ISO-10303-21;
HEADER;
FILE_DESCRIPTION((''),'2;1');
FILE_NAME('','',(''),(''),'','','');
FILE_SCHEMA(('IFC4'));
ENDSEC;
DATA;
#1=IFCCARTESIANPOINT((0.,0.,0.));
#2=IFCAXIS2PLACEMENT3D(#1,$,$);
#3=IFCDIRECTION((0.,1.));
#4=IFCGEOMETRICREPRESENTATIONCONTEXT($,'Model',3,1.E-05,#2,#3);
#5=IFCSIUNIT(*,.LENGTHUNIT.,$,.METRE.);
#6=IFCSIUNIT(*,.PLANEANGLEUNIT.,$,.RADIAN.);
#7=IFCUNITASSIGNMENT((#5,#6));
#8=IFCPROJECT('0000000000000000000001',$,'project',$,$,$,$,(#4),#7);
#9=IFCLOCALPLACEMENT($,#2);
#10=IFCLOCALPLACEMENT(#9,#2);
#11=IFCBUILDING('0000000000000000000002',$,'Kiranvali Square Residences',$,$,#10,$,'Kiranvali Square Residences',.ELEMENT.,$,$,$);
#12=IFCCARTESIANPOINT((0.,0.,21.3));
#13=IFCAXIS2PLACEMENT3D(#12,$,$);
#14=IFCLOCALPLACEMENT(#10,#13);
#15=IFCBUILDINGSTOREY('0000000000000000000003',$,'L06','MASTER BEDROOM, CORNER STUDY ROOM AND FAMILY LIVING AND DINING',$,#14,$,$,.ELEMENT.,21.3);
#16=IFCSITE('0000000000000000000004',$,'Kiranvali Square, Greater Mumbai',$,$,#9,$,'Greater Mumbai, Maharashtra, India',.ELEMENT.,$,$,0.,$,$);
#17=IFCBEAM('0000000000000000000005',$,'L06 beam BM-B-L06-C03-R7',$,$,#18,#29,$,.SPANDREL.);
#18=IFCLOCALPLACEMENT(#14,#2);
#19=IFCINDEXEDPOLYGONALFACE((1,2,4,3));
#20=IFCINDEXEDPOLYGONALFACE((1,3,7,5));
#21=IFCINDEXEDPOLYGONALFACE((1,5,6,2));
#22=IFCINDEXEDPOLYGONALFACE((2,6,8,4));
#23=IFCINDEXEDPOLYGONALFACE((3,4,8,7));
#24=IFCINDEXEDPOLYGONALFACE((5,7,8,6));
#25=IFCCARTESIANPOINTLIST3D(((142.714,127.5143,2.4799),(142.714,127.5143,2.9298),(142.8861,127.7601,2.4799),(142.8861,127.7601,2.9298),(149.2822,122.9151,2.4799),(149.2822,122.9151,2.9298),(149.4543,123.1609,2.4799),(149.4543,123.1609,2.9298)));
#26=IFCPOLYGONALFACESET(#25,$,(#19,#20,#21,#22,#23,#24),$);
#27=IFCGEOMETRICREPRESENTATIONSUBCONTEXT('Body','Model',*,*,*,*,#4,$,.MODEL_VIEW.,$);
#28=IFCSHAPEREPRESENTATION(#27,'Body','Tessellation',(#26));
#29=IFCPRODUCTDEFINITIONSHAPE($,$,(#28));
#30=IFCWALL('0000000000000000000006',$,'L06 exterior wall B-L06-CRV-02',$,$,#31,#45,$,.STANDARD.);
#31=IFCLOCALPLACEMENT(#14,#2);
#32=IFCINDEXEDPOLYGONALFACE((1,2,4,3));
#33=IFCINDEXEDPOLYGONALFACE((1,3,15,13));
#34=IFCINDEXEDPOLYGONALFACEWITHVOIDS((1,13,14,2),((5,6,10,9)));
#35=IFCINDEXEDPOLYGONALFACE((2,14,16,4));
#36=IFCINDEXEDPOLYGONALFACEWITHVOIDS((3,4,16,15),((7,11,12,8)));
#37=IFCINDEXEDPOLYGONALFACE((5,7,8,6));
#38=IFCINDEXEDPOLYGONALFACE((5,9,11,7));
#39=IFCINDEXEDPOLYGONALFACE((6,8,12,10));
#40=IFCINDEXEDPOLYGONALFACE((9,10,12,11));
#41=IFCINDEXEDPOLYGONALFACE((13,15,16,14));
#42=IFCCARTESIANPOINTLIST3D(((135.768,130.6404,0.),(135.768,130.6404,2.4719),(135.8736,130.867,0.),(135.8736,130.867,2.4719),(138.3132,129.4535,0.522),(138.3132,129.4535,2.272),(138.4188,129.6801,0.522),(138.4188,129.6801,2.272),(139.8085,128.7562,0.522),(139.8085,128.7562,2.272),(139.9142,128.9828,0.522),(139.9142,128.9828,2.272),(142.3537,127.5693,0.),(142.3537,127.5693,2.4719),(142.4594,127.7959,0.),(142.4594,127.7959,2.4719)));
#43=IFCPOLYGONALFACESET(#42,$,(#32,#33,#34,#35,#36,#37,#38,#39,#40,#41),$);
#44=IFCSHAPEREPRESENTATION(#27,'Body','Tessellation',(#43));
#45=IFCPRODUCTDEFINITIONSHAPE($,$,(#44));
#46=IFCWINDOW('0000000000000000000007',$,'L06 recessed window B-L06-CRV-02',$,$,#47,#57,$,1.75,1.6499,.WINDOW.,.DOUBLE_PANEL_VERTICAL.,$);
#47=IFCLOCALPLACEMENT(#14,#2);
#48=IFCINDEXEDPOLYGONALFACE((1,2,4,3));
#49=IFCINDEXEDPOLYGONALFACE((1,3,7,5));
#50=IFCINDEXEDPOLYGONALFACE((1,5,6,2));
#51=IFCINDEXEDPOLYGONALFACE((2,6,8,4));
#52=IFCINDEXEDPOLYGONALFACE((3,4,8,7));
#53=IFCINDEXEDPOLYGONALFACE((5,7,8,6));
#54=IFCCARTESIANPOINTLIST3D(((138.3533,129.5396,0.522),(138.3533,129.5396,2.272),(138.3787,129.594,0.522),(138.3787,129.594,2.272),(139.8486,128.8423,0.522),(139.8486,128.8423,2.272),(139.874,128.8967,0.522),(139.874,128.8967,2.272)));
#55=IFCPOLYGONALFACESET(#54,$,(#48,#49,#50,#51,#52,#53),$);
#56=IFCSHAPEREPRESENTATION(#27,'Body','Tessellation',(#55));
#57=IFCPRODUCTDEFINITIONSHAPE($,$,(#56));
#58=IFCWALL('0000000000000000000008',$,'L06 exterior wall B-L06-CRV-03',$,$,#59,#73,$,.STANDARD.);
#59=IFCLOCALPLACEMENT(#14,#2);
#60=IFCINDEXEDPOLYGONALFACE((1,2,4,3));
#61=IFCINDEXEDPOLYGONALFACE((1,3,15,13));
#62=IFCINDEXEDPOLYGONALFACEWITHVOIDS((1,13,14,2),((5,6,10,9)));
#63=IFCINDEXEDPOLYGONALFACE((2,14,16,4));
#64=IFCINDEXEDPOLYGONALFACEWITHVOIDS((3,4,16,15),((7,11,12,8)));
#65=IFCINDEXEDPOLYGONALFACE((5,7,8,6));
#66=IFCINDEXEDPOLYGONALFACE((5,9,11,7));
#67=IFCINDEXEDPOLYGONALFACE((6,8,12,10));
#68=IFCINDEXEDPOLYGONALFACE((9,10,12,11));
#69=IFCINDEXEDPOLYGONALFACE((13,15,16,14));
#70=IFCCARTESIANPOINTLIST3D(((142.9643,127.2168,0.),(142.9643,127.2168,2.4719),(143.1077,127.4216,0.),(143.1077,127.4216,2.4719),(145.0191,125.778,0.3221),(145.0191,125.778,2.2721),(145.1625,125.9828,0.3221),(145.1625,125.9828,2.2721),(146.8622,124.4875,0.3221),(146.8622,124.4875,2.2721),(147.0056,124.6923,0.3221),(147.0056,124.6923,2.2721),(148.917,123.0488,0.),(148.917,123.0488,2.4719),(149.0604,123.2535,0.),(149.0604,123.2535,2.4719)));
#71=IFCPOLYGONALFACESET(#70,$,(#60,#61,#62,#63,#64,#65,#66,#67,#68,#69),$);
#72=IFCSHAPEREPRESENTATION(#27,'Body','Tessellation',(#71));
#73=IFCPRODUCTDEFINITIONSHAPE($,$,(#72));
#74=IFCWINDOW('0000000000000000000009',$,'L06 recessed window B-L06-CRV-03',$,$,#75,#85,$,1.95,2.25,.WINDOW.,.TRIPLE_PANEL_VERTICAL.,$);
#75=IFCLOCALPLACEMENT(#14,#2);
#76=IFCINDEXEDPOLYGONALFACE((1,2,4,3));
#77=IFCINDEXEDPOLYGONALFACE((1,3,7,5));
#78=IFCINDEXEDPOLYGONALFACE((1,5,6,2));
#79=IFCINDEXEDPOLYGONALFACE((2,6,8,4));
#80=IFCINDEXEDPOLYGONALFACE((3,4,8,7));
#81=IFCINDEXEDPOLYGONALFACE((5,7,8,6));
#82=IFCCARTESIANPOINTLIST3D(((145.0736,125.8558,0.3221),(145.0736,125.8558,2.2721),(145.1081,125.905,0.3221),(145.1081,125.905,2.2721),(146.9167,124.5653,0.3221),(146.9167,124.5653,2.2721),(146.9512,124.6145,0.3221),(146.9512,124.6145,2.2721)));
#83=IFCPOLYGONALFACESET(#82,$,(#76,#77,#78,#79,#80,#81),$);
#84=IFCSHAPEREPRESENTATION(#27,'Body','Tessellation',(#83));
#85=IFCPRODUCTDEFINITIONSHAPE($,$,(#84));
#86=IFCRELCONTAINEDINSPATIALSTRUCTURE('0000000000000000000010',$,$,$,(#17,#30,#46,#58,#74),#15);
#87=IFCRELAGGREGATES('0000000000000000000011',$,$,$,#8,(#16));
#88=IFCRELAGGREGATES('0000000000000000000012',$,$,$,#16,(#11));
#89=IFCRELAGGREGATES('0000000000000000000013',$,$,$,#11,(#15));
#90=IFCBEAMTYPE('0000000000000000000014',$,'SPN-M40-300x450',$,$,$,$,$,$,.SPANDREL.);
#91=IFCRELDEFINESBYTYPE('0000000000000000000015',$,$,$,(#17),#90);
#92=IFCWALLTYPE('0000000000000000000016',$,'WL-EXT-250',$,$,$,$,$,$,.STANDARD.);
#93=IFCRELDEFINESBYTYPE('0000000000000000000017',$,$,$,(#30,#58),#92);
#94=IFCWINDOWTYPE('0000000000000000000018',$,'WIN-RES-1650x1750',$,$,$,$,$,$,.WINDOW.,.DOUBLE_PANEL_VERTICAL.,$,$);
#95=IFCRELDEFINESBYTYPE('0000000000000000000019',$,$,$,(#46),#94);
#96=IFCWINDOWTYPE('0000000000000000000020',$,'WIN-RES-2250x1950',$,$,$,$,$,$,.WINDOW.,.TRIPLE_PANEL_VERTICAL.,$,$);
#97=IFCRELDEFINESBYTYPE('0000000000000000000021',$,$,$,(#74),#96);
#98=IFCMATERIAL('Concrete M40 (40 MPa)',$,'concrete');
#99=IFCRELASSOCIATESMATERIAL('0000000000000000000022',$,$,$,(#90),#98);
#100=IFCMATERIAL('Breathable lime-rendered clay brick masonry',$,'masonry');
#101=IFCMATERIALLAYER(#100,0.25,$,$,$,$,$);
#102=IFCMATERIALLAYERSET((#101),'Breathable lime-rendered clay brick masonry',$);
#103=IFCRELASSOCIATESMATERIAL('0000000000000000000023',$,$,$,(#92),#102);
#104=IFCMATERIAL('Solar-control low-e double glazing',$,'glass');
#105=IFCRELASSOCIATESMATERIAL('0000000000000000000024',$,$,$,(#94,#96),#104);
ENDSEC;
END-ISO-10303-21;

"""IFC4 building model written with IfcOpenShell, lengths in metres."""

from ifc_helpers import new_model, si_unit, direction, frame, frame_2d, origin, origin_2d, place, context, subcontext, project, spatial, rectangle, extrude, material, layer, layer_set, material_profile, profile_set, type_object, element, fill, save


model = new_model("IFC4")

# Units and contexts
model_context = context("Model", 3, precision=1e-05, world=origin(), true_north=direction((0.0, 1.0)))
body_context = subcontext(model_context, "Body", "Model", "MODEL_VIEW")
ifc_project = project(units=[si_unit("LENGTHUNIT", "METRE"), si_unit("PLANEANGLEUNIT", "RADIAN")], contexts=[model_context])

# Site, building, storey
site_placement = place(None, origin())
site = spatial("IfcSite", under=ifc_project, at=site_placement, Name="Kiranvali Square, Greater Mumbai", LongName="Greater Mumbai, Maharashtra, India", CompositionType="ELEMENT", RefElevation=0.0)
building_placement = place(site_placement, origin())
building = spatial("IfcBuilding", under=site, at=building_placement, Name="Kiranvali Square Residences", LongName="Kiranvali Square Residences", CompositionType="ELEMENT")
storey_placement = place(building_placement, frame((0.0, 0.0, 21.3)))
storey = spatial("IfcBuildingStorey", under=building, at=storey_placement, Name="L06", Description="MASTER BEDROOM, CORNER STUDY ROOM AND FAMILY LIVING AND DINING", CompositionType="ELEMENT", Elevation=21.3)

# Beam
ifc_material_1 = material(Name="Concrete M40 (40 MPa)", Category="concrete")
ifc_material_profile_1 = material_profile(ifc_material_1, rectangle(XDim=0.3, YDim=0.45, at=origin_2d()), Name="RC 300x450")
ifc_profile_set_1 = profile_set([ifc_material_profile_1], Name="Concrete M40 (40 MPa)")
beam_type_1 = type_object("IfcBeamType", Name="SPN-M40-300x450", PredefinedType="SPANDREL", material=ifc_profile_set_1)
for number, where, z_axis, x_axis, name in (
    (1, (142.8, 127.6372, 2.7048), (0.819148, -0.573583, 0.0), (0.573583, 0.819148, 0.0), "L06 beam BM-B-L06-C03-R7"),
):
    element("IfcBeam", number, at=place(storey_placement, frame(where, z_axis=z_axis, x_axis=x_axis)), inside=storey, type_object=beam_type_1, Name=name, PredefinedType="SPANDREL", context=body_context, shape_type="SweptSolid", body=[
        extrude(rectangle(XDim=0.3, YDim=0.45, at=origin_2d()), origin(), (0.0, 0.0, 1.0), 8.0183),
    ])

# Walls, openings, windows
ifc_material_2 = material(Name="Breathable lime-rendered clay brick masonry", Category="masonry")
ifc_layer = layer(ifc_material_2, 0.25)
ifc_layer_set = layer_set([ifc_layer], Name="Breathable lime-rendered clay brick masonry")
wall_type = type_object("IfcWallType", Name="WL-EXT-250", PredefinedType="STANDARD", material=ifc_layer_set)
wall_1_placement = place(storey_placement, frame((135.8208, 130.7537, 0.0), z_axis=(0.0, 0.0, 1.0), x_axis=(0.906303, -0.422628, 0.0)))
wall_1 = element("IfcWall", 2, at=wall_1_placement, inside=storey, type_object=wall_type, Name="L06 exterior wall B-L06-CRV-02", PredefinedType="STANDARD", context=body_context, shape_type="SweptSolid", body=[
    extrude(rectangle(XDim=7.2666, YDim=0.25, at=frame_2d((3.6333, 0.0))), origin(), (0.0, 0.0, 1.0), 2.4719),
])
opening_1_placement = place(wall_1_placement, frame((2.8083, 0.0, 0.522)))
opening_1 = element("IfcOpeningElement", 3, at=opening_1_placement, cuts=wall_1, PredefinedType="OPENING", context=body_context, shape_type="SweptSolid", body=[
    extrude(rectangle(XDim=1.6499, YDim=1.75, at=frame_2d((0.825, 0.875))), frame((0.0, 0.135, 0.0), z_axis=(0.0, -1.0, 0.0), x_axis=(1.0, 0.0, 0.0)), (0.0, 0.0, 1.0), 0.27),
])
ifc_material_3 = material(Name="Solar-control low-e double glazing", Category="glass")
window_type_1 = type_object("IfcWindowType", Name="WIN-RES-1650x1750", PartitioningType="DOUBLE_PANEL_VERTICAL", PredefinedType="WINDOW", material=ifc_material_3)
window_1_placement = place(opening_1_placement, origin())
window_1 = element("IfcWindow", 4, at=window_1_placement, inside=storey, type_object=window_type_1, Name="L06 recessed window B-L06-CRV-02", OverallHeight=1.75, OverallWidth=1.6499, PartitioningType="DOUBLE_PANEL_VERTICAL", PredefinedType="WINDOW", context=body_context, shape_type="SweptSolid", body=[
    extrude(rectangle(XDim=1.6499, YDim=1.75, at=frame_2d((0.825, 0.875))), frame((0.0, 0.03, 0.0), z_axis=(0.0, -1.0, 0.0), x_axis=(1.0, 0.0, 0.0)), (0.0, 0.0, 1.0), 0.0601),
])
fill(opening_1, window_1)
wall_2_placement = place(storey_placement, frame((143.0361, 127.3191, 0.0), z_axis=(0.0, 0.0, 1.0), x_axis=(0.819159, -0.573566, 0.0)))
wall_2 = element("IfcWall", 5, at=wall_2_placement, inside=storey, type_object=wall_type, Name="L06 exterior wall B-L06-CRV-03", PredefinedType="STANDARD", context=body_context, shape_type="SweptSolid", body=[
    extrude(rectangle(XDim=7.2668, YDim=0.25, at=frame_2d((3.6333, 0.0))), origin(), (0.0, 0.0, 1.0), 2.4719),
])
opening_2_placement = place(wall_2_placement, frame((2.5083, 0.0, 0.322)))
opening_2 = element("IfcOpeningElement", 6, at=opening_2_placement, cuts=wall_2, PredefinedType="OPENING", context=body_context, shape_type="SweptSolid", body=[
    extrude(rectangle(XDim=2.25, YDim=1.95, at=frame_2d((1.125, 0.9751))), frame((0.0, 0.135, 0.0), z_axis=(0.0, -1.0, 0.0), x_axis=(1.0, 0.0, 0.0)), (0.0, 0.0, 1.0), 0.27),
])
window_type_2 = type_object("IfcWindowType", Name="WIN-RES-2250x1950", PartitioningType="TRIPLE_PANEL_VERTICAL", PredefinedType="WINDOW", material=ifc_material_3)
window_2_placement = place(opening_2_placement, origin())
window_2 = element("IfcWindow", 7, at=window_2_placement, inside=storey, type_object=window_type_2, Name="L06 recessed window B-L06-CRV-03", OverallHeight=1.95, OverallWidth=2.25, PartitioningType="TRIPLE_PANEL_VERTICAL", PredefinedType="WINDOW", context=body_context, shape_type="SweptSolid", body=[
    extrude(rectangle(XDim=2.25, YDim=1.95, at=frame_2d((1.125, 0.9751))), frame((0.0, 0.03, 0.0), z_axis=(0.0, -1.0, 0.0), x_axis=(1.0, 0.0, 0.0)), (0.0, 0.0, 1.0), 0.0601),
])
fill(opening_2, window_2)

save(model, "model.ifc")
